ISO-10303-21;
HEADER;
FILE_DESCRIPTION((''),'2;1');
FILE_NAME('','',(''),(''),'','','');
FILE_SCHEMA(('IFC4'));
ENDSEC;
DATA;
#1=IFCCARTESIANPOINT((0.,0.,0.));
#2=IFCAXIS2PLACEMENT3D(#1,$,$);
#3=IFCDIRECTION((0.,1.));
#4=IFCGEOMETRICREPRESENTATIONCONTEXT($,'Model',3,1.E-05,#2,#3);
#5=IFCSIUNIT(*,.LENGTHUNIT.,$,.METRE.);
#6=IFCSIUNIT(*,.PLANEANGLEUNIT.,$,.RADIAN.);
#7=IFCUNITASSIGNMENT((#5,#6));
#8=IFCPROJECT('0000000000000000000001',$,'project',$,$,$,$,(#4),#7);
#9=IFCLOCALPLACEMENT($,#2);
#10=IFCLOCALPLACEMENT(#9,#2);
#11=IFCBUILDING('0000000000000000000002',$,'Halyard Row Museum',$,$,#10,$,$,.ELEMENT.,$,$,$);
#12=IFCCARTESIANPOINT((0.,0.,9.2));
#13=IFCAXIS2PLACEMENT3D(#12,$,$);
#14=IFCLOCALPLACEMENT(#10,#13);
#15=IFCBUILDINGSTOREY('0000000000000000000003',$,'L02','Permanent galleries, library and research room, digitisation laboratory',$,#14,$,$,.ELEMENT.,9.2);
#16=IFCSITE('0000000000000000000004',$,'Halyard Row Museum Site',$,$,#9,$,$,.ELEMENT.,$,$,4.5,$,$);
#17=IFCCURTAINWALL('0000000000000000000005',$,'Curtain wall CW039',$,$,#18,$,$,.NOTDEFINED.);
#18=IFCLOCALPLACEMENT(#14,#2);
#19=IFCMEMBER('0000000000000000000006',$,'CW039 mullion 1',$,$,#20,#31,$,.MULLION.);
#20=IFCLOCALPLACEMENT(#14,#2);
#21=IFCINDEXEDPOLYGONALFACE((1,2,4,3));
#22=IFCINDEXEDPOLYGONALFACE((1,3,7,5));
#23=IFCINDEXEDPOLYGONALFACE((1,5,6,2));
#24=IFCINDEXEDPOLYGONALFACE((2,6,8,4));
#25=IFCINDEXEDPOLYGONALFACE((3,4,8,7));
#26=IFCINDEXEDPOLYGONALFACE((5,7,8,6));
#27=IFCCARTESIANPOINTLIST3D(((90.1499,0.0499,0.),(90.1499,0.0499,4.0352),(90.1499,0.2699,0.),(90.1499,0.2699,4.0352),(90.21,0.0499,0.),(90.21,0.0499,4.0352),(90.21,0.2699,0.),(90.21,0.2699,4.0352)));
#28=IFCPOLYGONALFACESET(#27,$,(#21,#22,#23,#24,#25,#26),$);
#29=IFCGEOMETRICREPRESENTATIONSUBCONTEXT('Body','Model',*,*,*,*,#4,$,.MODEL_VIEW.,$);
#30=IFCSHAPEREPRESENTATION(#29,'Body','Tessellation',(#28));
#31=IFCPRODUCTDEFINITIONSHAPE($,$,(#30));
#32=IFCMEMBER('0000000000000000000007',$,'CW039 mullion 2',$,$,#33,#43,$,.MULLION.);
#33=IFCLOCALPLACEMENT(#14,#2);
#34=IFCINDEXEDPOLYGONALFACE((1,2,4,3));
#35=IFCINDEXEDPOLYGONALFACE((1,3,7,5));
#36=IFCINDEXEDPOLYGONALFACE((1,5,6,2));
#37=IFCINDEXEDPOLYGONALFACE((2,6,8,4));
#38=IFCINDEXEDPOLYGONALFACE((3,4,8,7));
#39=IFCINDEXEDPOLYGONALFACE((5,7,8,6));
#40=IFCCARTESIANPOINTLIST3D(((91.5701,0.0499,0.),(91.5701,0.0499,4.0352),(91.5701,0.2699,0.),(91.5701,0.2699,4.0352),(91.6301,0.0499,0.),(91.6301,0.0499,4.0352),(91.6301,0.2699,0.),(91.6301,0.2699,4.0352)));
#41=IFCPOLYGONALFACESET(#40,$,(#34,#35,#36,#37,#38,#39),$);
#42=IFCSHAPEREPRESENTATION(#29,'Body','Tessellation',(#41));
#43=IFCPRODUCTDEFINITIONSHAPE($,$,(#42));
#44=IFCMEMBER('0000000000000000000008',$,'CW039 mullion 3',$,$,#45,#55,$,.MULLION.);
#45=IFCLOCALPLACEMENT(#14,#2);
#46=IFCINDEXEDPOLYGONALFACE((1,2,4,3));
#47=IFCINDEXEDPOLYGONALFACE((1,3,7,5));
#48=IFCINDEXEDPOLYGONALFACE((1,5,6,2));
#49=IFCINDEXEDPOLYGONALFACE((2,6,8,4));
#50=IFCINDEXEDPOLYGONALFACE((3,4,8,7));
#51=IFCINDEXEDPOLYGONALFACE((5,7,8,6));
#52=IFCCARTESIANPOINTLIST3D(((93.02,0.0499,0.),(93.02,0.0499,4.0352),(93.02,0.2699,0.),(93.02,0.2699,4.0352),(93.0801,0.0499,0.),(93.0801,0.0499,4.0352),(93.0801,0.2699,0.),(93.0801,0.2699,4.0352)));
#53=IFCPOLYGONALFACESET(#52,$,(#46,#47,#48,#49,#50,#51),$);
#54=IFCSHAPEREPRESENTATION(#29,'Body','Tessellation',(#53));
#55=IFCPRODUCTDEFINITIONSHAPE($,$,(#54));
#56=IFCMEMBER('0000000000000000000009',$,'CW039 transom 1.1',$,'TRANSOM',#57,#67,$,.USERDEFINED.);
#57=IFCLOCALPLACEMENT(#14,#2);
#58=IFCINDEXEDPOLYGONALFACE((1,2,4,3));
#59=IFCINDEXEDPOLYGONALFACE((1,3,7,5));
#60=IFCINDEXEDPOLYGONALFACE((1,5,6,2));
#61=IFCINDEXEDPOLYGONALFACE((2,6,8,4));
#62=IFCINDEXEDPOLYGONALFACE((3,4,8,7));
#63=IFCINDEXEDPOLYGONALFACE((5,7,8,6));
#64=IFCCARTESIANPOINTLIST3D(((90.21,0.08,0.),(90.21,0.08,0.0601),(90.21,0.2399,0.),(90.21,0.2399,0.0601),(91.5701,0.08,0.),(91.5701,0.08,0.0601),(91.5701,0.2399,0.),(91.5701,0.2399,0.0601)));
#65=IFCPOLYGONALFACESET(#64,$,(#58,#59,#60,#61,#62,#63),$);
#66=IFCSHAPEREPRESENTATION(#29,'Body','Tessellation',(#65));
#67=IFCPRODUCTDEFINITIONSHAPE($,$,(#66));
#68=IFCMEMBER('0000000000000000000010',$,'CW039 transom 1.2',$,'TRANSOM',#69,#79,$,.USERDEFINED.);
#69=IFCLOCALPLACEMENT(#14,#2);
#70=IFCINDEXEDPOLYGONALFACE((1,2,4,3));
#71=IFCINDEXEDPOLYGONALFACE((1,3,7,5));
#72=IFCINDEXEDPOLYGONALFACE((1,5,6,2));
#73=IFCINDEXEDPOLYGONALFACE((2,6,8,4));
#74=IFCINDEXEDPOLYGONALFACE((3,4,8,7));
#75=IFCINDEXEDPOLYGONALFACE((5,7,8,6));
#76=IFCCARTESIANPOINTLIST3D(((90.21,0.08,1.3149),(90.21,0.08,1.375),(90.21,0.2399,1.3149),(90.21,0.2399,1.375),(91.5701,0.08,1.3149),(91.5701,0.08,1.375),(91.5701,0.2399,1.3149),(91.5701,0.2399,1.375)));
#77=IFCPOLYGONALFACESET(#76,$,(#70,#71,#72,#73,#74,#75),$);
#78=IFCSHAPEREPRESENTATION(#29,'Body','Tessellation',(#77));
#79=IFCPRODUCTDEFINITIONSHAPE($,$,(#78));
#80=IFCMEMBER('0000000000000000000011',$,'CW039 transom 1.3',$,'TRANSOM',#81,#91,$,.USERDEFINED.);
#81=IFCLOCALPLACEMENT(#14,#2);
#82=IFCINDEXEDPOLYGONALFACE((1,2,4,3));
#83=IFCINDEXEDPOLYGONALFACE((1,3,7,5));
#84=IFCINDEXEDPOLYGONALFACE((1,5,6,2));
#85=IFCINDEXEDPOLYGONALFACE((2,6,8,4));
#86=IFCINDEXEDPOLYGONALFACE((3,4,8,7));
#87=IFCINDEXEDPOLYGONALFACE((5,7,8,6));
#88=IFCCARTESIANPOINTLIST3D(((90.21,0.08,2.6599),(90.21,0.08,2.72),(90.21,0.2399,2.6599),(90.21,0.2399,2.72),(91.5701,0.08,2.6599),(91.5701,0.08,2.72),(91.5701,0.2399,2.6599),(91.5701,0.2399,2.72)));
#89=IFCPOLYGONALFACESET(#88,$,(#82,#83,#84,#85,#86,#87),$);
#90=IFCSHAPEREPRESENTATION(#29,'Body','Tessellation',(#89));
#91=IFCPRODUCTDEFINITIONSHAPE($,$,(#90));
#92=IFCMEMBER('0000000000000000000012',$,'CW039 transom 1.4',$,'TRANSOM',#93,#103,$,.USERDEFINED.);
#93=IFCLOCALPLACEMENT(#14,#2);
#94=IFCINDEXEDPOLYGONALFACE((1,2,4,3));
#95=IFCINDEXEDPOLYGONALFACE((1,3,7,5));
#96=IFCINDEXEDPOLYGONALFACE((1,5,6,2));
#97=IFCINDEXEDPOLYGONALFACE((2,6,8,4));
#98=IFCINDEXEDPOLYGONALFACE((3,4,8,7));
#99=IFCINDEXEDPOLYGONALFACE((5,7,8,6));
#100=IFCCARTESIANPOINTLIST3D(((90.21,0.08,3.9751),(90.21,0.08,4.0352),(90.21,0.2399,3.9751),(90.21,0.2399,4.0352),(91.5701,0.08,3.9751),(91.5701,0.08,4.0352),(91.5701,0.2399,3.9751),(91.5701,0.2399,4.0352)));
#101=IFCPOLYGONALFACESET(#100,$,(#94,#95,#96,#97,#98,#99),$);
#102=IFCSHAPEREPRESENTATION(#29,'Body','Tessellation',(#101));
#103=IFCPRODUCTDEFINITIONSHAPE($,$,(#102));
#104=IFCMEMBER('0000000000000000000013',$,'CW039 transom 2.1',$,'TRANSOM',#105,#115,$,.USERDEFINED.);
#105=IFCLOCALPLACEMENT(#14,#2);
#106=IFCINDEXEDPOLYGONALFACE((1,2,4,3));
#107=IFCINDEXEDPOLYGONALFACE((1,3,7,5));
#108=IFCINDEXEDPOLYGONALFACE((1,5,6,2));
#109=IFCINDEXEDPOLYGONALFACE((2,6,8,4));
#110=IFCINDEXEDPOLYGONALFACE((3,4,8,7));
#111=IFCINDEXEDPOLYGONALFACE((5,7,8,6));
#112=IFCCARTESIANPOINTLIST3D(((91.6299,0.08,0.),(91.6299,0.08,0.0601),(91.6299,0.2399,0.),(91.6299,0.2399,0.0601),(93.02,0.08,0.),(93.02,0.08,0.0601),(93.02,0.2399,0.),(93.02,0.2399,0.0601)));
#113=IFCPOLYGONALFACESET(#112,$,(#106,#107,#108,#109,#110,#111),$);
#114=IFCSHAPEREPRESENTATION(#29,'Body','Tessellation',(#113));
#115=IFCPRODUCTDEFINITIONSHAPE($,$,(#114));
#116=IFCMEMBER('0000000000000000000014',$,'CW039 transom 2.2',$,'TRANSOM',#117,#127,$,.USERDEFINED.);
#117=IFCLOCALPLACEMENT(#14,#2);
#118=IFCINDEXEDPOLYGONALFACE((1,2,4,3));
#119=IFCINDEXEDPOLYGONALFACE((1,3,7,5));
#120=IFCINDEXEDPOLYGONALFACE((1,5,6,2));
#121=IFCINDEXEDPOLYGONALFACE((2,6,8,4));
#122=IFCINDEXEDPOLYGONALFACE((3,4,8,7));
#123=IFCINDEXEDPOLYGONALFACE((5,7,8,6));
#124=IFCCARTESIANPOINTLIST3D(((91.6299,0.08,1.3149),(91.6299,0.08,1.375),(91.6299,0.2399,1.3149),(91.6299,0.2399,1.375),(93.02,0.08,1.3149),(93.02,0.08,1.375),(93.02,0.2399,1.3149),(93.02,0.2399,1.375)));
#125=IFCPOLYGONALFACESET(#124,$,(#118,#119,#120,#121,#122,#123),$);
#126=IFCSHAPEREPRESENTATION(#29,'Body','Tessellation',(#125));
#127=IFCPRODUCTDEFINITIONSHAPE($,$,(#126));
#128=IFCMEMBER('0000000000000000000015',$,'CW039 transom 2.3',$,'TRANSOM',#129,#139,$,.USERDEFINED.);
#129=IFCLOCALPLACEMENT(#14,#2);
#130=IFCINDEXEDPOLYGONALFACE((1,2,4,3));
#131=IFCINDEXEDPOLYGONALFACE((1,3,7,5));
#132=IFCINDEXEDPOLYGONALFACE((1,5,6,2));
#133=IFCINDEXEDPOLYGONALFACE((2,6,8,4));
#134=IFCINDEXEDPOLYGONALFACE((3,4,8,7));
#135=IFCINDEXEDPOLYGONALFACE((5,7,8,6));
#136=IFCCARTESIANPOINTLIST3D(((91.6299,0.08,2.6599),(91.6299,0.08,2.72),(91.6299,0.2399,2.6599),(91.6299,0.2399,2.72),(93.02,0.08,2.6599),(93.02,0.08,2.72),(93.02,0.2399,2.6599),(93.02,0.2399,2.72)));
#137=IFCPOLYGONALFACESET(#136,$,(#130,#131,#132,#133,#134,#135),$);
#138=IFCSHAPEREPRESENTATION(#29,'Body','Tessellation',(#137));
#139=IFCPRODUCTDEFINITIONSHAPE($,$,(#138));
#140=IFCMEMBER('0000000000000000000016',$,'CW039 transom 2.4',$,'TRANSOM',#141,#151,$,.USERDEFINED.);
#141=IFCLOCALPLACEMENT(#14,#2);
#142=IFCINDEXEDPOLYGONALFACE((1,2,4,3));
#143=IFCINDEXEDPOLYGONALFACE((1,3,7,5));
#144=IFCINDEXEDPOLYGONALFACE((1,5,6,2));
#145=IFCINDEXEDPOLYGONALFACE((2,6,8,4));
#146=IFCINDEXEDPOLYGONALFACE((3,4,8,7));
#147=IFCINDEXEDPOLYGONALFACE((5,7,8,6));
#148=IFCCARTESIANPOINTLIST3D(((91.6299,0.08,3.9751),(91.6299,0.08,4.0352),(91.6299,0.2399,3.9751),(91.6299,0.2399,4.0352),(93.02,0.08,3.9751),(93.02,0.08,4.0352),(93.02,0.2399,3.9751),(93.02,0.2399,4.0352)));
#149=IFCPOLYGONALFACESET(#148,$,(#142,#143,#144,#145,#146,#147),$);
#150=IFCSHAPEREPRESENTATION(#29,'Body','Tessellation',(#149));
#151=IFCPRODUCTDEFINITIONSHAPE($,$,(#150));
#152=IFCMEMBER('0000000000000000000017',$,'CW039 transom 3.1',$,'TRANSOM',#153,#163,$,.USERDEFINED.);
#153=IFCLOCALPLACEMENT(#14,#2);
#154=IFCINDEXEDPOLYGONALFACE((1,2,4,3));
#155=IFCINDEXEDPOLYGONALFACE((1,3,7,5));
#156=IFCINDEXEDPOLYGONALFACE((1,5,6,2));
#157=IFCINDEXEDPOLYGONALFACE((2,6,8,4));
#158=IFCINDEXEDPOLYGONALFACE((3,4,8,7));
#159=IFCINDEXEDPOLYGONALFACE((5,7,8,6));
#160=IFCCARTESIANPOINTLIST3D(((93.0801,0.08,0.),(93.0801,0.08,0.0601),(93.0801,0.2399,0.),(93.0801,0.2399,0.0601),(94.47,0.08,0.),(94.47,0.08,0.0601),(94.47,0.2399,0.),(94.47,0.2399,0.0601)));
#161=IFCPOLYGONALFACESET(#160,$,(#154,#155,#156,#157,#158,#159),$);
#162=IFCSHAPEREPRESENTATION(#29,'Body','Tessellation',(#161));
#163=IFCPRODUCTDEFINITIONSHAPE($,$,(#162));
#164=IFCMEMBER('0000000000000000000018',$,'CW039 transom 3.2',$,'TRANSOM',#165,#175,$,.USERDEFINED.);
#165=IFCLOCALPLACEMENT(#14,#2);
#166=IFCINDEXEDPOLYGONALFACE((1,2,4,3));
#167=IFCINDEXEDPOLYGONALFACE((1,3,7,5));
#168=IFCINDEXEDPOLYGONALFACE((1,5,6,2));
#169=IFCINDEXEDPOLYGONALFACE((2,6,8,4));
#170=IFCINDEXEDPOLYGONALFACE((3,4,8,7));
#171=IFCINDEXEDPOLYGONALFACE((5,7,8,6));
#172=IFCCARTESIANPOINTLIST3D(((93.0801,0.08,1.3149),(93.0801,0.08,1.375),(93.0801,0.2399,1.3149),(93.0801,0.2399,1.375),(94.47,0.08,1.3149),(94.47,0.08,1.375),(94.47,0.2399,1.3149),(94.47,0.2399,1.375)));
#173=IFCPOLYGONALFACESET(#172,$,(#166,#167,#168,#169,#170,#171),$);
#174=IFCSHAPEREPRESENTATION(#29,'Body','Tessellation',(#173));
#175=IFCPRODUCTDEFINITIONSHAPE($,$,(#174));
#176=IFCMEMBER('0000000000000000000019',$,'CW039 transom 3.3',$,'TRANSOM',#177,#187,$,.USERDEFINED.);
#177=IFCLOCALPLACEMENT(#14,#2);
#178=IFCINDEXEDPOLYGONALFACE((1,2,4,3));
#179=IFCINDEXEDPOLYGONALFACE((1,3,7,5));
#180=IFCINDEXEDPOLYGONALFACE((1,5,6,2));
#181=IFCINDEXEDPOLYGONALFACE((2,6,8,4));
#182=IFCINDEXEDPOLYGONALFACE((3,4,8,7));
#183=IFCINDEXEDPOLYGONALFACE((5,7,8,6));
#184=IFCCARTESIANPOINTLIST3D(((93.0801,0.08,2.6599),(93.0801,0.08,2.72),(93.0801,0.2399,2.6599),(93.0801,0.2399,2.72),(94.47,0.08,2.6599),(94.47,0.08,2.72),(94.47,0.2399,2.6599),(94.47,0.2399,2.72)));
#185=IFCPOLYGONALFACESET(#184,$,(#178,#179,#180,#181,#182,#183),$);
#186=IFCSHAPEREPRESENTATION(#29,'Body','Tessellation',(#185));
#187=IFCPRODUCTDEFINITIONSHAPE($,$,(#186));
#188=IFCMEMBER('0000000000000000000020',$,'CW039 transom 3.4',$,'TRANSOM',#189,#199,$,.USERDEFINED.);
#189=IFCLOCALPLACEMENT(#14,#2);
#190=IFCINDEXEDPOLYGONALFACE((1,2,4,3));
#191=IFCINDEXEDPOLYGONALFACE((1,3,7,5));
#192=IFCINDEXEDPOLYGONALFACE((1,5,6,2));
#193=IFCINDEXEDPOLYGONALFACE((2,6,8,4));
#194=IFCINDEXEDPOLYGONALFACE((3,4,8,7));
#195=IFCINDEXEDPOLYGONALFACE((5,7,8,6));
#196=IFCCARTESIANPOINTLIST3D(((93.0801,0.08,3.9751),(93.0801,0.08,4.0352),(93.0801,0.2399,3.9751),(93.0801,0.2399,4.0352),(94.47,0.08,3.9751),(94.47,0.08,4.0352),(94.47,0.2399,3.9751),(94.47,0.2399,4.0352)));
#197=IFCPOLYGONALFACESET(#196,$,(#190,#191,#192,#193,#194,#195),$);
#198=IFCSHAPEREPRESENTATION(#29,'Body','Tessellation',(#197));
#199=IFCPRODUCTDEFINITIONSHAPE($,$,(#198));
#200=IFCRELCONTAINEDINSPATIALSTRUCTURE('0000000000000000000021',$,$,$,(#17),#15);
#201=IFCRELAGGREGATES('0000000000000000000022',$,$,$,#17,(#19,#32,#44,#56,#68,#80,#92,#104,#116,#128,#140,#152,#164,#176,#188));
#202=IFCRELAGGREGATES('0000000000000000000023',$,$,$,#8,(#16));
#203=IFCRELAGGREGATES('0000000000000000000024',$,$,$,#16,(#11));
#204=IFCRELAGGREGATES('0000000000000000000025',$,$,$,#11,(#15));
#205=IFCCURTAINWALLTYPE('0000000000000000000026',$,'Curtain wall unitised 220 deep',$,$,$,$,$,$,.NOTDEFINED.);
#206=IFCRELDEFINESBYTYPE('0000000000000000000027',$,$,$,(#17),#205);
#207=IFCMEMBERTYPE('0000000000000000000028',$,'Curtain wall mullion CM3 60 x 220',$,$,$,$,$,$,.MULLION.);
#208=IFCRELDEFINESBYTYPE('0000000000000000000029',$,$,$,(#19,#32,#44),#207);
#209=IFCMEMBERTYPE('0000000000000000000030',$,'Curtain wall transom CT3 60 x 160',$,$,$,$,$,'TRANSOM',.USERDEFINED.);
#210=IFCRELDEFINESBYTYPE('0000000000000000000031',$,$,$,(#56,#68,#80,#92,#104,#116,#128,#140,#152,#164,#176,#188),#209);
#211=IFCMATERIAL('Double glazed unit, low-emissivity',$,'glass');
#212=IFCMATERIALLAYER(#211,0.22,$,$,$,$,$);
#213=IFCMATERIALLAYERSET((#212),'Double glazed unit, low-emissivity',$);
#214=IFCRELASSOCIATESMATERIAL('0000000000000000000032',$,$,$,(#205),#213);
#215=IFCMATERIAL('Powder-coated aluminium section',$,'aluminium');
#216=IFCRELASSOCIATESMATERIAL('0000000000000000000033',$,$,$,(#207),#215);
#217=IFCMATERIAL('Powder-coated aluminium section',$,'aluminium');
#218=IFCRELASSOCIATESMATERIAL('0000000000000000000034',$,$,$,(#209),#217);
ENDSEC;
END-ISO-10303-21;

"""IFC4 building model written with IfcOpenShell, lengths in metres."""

from ifc_helpers import new_model, si_unit, direction, frame, origin, origin_2d, place, context, subcontext, project, spatial, rectangle, extrude, material, layer, layer_set, material_profile, profile_set, type_object, element, aggregate, save


model = new_model("IFC4")

# Units and contexts
model_context = context("Model", 3, precision=1e-05, world=origin(), true_north=direction((0.0, 1.0)))
body_context = subcontext(model_context, "Body", "Model", "MODEL_VIEW")
ifc_project = project(units=[si_unit("LENGTHUNIT", "METRE"), si_unit("PLANEANGLEUNIT", "RADIAN")], contexts=[model_context])

# Site, building, storey
site_placement = place(None, origin())
site = spatial("IfcSite", under=ifc_project, at=site_placement, Name="Halyard Row Museum Site", CompositionType="ELEMENT", RefElevation=4.5)
building_placement = place(site_placement, origin())
building = spatial("IfcBuilding", under=site, at=building_placement, Name="Halyard Row Museum", CompositionType="ELEMENT")
storey_placement = place(building_placement, frame((0.0, 0.0, 9.2)))
storey = spatial("IfcBuildingStorey", under=building, at=storey_placement, Name="L02", Description="Permanent galleries, library and research room, digitisation laboratory", CompositionType="ELEMENT", Elevation=9.2)

# Curtain wall, members
ifc_material_1 = material(Name="Double glazed unit, low-emissivity", Category="glass")
ifc_layer_1 = layer(ifc_material_1, 0.22)
ifc_layer_set_1 = layer_set([ifc_layer_1], Name="Double glazed unit, low-emissivity")
curtain_wall_type = type_object("IfcCurtainWallType", Name="Curtain wall unitised 220 deep", PredefinedType="NOTDEFINED", material=ifc_layer_set_1)
curtain_wall_placement = place(storey_placement, origin())
curtain_wall = element("IfcCurtainWall", 1, at=curtain_wall_placement, inside=storey, type_object=curtain_wall_type, Name="Curtain wall CW039", PredefinedType="NOTDEFINED")
ifc_material_2 = material(Name="Powder-coated aluminium section", Category="aluminium")
ifc_material_profile_1 = material_profile(ifc_material_2, rectangle(XDim=0.22, YDim=0.0601, at=origin_2d()), Name="220x60 mullion")
ifc_profile_set_1 = profile_set([ifc_material_profile_1], Name="Powder-coated aluminium section")
member_type_1 = type_object("IfcMemberType", Name="Curtain wall mullion CM3 60 x 220", PredefinedType="MULLION", material=ifc_profile_set_1)
member_1_placement = place(storey_placement, frame((90.1799, 0.1599, 0.0), z_axis=(0.0, 0.0, 1.0), x_axis=(0.0, 1.0, 0.0)))
member_1 = element("IfcMember", 2, at=member_1_placement, type_object=member_type_1, Name="CW039 mullion 1", PredefinedType="MULLION", context=body_context, shape_type="SweptSolid", body=[
    extrude(rectangle(XDim=0.22, YDim=0.0601, at=origin_2d()), origin(), (0.0, 0.0, 1.0), 4.0352),
])
member_2_placement = place(storey_placement, frame((91.6001, 0.1599, 0.0), z_axis=(0.0, 0.0, 1.0), x_axis=(0.0, 1.0, 0.0)))
member_2 = element("IfcMember", 3, at=member_2_placement, type_object=member_type_1, Name="CW039 mullion 2", PredefinedType="MULLION", context=body_context, shape_type="SweptSolid", body=[
    extrude(rectangle(XDim=0.22, YDim=0.0601, at=origin_2d()), origin(), (0.0, 0.0, 1.0), 4.0352),
])
member_3_placement = place(storey_placement, frame((93.05, 0.1599, 0.0), z_axis=(0.0, 0.0, 1.0), x_axis=(0.0, 1.0, 0.0)))
member_3 = element("IfcMember", 4, at=member_3_placement, type_object=member_type_1, Name="CW039 mullion 3", PredefinedType="MULLION", context=body_context, shape_type="SweptSolid", body=[
    extrude(rectangle(XDim=0.22, YDim=0.0601, at=origin_2d()), origin(), (0.0, 0.0, 1.0), 4.0352),
])
ifc_material_3 = material(Name="Powder-coated aluminium section", Category="aluminium")
ifc_material_profile_2 = material_profile(ifc_material_3, rectangle(XDim=0.1599, YDim=0.0601, at=origin_2d()), Name="160x60 transom")
ifc_profile_set_2 = profile_set([ifc_material_profile_2], Name="Powder-coated aluminium section")
member_type_2 = type_object("IfcMemberType", Name="Curtain wall transom CT3 60 x 160", ElementType="TRANSOM", PredefinedType="USERDEFINED", material=ifc_profile_set_2)
member_4_placement = place(storey_placement, frame((90.21, 0.1599, 0.03), z_axis=(1.0, 0.0, 0.0), x_axis=(0.0, 1.0, 0.0)))
member_4 = element("IfcMember", 5, at=member_4_placement, type_object=member_type_2, Name="CW039 transom 1.1", ObjectType="TRANSOM", PredefinedType="USERDEFINED", context=body_context, shape_type="SweptSolid", body=[
    extrude(rectangle(XDim=0.1599, YDim=0.0601, at=origin_2d()), origin(), (0.0, 0.0, 1.0), 1.3601),
])
member_5_placement = place(storey_placement, frame((90.21, 0.1599, 1.345), z_axis=(1.0, 0.0, 0.0), x_axis=(0.0, 1.0, 0.0)))
member_5 = element("IfcMember", 6, at=member_5_placement, type_object=member_type_2, Name="CW039 transom 1.2", ObjectType="TRANSOM", PredefinedType="USERDEFINED", context=body_context, shape_type="SweptSolid", body=[
    extrude(rectangle(XDim=0.1599, YDim=0.0601, at=origin_2d()), origin(), (0.0, 0.0, 1.0), 1.3601),
])
member_6_placement = place(storey_placement, frame((90.21, 0.1599, 2.6899), z_axis=(1.0, 0.0, 0.0), x_axis=(0.0, 1.0, 0.0)))
member_6 = element("IfcMember", 7, at=member_6_placement, type_object=member_type_2, Name="CW039 transom 1.3", ObjectType="TRANSOM", PredefinedType="USERDEFINED", context=body_context, shape_type="SweptSolid", body=[
    extrude(rectangle(XDim=0.1599, YDim=0.0601, at=origin_2d()), origin(), (0.0, 0.0, 1.0), 1.3601),
])
member_7_placement = place(storey_placement, frame((90.21, 0.1599, 4.0051), z_axis=(1.0, 0.0, 0.0), x_axis=(0.0, 1.0, 0.0)))
member_7 = element("IfcMember", 8, at=member_7_placement, type_object=member_type_2, Name="CW039 transom 1.4", ObjectType="TRANSOM", PredefinedType="USERDEFINED", context=body_context, shape_type="SweptSolid", body=[
    extrude(rectangle(XDim=0.1599, YDim=0.0601, at=origin_2d()), origin(), (0.0, 0.0, 1.0), 1.3601),
])
member_8_placement = place(storey_placement, frame((91.6299, 0.1599, 0.03), z_axis=(1.0, 0.0, 0.0), x_axis=(0.0, 1.0, 0.0)))
member_8 = element("IfcMember", 9, at=member_8_placement, type_object=member_type_2, Name="CW039 transom 2.1", ObjectType="TRANSOM", PredefinedType="USERDEFINED", context=body_context, shape_type="SweptSolid", body=[
    extrude(rectangle(XDim=0.1599, YDim=0.0601, at=origin_2d()), origin(), (0.0, 0.0, 1.0), 1.3901),
])
member_9_placement = place(storey_placement, frame((91.6299, 0.1599, 1.345), z_axis=(1.0, 0.0, 0.0), x_axis=(0.0, 1.0, 0.0)))
member_9 = element("IfcMember", 10, at=member_9_placement, type_object=member_type_2, Name="CW039 transom 2.2", ObjectType="TRANSOM", PredefinedType="USERDEFINED", context=body_context, shape_type="SweptSolid", body=[
    extrude(rectangle(XDim=0.1599, YDim=0.0601, at=origin_2d()), origin(), (0.0, 0.0, 1.0), 1.3901),
])
member_10_placement = place(storey_placement, frame((91.6299, 0.1599, 2.6899), z_axis=(1.0, 0.0, 0.0), x_axis=(0.0, 1.0, 0.0)))
member_10 = element("IfcMember", 11, at=member_10_placement, type_object=member_type_2, Name="CW039 transom 2.3", ObjectType="TRANSOM", PredefinedType="USERDEFINED", context=body_context, shape_type="SweptSolid", body=[
    extrude(rectangle(XDim=0.1599, YDim=0.0601, at=origin_2d()), origin(), (0.0, 0.0, 1.0), 1.3901),
])
member_11_placement = place(storey_placement, frame((91.6299, 0.1599, 4.0051), z_axis=(1.0, 0.0, 0.0), x_axis=(0.0, 1.0, 0.0)))
member_11 = element("IfcMember", 12, at=member_11_placement, type_object=member_type_2, Name="CW039 transom 2.4", ObjectType="TRANSOM", PredefinedType="USERDEFINED", context=body_context, shape_type="SweptSolid", body=[
    extrude(rectangle(XDim=0.1599, YDim=0.0601, at=origin_2d()), origin(), (0.0, 0.0, 1.0), 1.3901),
])
member_12_placement = place(storey_placement, frame((93.0801, 0.1599, 0.03), z_axis=(1.0, 0.0, 0.0), x_axis=(0.0, 1.0, 0.0)))
member_12 = element("IfcMember", 13, at=member_12_placement, type_object=member_type_2, Name="CW039 transom 3.1", ObjectType="TRANSOM", PredefinedType="USERDEFINED", context=body_context, shape_type="SweptSolid", body=[
    extrude(rectangle(XDim=0.1599, YDim=0.0601, at=origin_2d()), origin(), (0.0, 0.0, 1.0), 1.3899),
])
member_13_placement = place(storey_placement, frame((93.0801, 0.1599, 1.345), z_axis=(1.0, 0.0, 0.0), x_axis=(0.0, 1.0, 0.0)))
member_13 = element("IfcMember", 14, at=member_13_placement, type_object=member_type_2, Name="CW039 transom 3.2", ObjectType="TRANSOM", PredefinedType="USERDEFINED", context=body_context, shape_type="SweptSolid", body=[
    extrude(rectangle(XDim=0.1599, YDim=0.0601, at=origin_2d()), origin(), (0.0, 0.0, 1.0), 1.3899),
])
member_14_placement = place(storey_placement, frame((93.0801, 0.1599, 2.6899), z_axis=(1.0, 0.0, 0.0), x_axis=(0.0, 1.0, 0.0)))
member_14 = element("IfcMember", 15, at=member_14_placement, type_object=member_type_2, Name="CW039 transom 3.3", ObjectType="TRANSOM", PredefinedType="USERDEFINED", context=body_context, shape_type="SweptSolid", body=[
    extrude(rectangle(XDim=0.1599, YDim=0.0601, at=origin_2d()), origin(), (0.0, 0.0, 1.0), 1.3899),
])
member_15_placement = place(storey_placement, frame((93.0801, 0.1599, 4.0051), z_axis=(1.0, 0.0, 0.0), x_axis=(0.0, 1.0, 0.0)))
member_15 = element("IfcMember", 16, at=member_15_placement, type_object=member_type_2, Name="CW039 transom 3.4", ObjectType="TRANSOM", PredefinedType="USERDEFINED", context=body_context, shape_type="SweptSolid", body=[
    extrude(rectangle(XDim=0.1599, YDim=0.0601, at=origin_2d()), origin(), (0.0, 0.0, 1.0), 1.3899),
])

aggregate(curtain_wall, [member_1, member_2, member_3, member_4, member_5, member_6, member_7, member_8, member_9, member_10, member_11, member_12, member_13, member_14, member_15])

save(model, "model.ifc")
